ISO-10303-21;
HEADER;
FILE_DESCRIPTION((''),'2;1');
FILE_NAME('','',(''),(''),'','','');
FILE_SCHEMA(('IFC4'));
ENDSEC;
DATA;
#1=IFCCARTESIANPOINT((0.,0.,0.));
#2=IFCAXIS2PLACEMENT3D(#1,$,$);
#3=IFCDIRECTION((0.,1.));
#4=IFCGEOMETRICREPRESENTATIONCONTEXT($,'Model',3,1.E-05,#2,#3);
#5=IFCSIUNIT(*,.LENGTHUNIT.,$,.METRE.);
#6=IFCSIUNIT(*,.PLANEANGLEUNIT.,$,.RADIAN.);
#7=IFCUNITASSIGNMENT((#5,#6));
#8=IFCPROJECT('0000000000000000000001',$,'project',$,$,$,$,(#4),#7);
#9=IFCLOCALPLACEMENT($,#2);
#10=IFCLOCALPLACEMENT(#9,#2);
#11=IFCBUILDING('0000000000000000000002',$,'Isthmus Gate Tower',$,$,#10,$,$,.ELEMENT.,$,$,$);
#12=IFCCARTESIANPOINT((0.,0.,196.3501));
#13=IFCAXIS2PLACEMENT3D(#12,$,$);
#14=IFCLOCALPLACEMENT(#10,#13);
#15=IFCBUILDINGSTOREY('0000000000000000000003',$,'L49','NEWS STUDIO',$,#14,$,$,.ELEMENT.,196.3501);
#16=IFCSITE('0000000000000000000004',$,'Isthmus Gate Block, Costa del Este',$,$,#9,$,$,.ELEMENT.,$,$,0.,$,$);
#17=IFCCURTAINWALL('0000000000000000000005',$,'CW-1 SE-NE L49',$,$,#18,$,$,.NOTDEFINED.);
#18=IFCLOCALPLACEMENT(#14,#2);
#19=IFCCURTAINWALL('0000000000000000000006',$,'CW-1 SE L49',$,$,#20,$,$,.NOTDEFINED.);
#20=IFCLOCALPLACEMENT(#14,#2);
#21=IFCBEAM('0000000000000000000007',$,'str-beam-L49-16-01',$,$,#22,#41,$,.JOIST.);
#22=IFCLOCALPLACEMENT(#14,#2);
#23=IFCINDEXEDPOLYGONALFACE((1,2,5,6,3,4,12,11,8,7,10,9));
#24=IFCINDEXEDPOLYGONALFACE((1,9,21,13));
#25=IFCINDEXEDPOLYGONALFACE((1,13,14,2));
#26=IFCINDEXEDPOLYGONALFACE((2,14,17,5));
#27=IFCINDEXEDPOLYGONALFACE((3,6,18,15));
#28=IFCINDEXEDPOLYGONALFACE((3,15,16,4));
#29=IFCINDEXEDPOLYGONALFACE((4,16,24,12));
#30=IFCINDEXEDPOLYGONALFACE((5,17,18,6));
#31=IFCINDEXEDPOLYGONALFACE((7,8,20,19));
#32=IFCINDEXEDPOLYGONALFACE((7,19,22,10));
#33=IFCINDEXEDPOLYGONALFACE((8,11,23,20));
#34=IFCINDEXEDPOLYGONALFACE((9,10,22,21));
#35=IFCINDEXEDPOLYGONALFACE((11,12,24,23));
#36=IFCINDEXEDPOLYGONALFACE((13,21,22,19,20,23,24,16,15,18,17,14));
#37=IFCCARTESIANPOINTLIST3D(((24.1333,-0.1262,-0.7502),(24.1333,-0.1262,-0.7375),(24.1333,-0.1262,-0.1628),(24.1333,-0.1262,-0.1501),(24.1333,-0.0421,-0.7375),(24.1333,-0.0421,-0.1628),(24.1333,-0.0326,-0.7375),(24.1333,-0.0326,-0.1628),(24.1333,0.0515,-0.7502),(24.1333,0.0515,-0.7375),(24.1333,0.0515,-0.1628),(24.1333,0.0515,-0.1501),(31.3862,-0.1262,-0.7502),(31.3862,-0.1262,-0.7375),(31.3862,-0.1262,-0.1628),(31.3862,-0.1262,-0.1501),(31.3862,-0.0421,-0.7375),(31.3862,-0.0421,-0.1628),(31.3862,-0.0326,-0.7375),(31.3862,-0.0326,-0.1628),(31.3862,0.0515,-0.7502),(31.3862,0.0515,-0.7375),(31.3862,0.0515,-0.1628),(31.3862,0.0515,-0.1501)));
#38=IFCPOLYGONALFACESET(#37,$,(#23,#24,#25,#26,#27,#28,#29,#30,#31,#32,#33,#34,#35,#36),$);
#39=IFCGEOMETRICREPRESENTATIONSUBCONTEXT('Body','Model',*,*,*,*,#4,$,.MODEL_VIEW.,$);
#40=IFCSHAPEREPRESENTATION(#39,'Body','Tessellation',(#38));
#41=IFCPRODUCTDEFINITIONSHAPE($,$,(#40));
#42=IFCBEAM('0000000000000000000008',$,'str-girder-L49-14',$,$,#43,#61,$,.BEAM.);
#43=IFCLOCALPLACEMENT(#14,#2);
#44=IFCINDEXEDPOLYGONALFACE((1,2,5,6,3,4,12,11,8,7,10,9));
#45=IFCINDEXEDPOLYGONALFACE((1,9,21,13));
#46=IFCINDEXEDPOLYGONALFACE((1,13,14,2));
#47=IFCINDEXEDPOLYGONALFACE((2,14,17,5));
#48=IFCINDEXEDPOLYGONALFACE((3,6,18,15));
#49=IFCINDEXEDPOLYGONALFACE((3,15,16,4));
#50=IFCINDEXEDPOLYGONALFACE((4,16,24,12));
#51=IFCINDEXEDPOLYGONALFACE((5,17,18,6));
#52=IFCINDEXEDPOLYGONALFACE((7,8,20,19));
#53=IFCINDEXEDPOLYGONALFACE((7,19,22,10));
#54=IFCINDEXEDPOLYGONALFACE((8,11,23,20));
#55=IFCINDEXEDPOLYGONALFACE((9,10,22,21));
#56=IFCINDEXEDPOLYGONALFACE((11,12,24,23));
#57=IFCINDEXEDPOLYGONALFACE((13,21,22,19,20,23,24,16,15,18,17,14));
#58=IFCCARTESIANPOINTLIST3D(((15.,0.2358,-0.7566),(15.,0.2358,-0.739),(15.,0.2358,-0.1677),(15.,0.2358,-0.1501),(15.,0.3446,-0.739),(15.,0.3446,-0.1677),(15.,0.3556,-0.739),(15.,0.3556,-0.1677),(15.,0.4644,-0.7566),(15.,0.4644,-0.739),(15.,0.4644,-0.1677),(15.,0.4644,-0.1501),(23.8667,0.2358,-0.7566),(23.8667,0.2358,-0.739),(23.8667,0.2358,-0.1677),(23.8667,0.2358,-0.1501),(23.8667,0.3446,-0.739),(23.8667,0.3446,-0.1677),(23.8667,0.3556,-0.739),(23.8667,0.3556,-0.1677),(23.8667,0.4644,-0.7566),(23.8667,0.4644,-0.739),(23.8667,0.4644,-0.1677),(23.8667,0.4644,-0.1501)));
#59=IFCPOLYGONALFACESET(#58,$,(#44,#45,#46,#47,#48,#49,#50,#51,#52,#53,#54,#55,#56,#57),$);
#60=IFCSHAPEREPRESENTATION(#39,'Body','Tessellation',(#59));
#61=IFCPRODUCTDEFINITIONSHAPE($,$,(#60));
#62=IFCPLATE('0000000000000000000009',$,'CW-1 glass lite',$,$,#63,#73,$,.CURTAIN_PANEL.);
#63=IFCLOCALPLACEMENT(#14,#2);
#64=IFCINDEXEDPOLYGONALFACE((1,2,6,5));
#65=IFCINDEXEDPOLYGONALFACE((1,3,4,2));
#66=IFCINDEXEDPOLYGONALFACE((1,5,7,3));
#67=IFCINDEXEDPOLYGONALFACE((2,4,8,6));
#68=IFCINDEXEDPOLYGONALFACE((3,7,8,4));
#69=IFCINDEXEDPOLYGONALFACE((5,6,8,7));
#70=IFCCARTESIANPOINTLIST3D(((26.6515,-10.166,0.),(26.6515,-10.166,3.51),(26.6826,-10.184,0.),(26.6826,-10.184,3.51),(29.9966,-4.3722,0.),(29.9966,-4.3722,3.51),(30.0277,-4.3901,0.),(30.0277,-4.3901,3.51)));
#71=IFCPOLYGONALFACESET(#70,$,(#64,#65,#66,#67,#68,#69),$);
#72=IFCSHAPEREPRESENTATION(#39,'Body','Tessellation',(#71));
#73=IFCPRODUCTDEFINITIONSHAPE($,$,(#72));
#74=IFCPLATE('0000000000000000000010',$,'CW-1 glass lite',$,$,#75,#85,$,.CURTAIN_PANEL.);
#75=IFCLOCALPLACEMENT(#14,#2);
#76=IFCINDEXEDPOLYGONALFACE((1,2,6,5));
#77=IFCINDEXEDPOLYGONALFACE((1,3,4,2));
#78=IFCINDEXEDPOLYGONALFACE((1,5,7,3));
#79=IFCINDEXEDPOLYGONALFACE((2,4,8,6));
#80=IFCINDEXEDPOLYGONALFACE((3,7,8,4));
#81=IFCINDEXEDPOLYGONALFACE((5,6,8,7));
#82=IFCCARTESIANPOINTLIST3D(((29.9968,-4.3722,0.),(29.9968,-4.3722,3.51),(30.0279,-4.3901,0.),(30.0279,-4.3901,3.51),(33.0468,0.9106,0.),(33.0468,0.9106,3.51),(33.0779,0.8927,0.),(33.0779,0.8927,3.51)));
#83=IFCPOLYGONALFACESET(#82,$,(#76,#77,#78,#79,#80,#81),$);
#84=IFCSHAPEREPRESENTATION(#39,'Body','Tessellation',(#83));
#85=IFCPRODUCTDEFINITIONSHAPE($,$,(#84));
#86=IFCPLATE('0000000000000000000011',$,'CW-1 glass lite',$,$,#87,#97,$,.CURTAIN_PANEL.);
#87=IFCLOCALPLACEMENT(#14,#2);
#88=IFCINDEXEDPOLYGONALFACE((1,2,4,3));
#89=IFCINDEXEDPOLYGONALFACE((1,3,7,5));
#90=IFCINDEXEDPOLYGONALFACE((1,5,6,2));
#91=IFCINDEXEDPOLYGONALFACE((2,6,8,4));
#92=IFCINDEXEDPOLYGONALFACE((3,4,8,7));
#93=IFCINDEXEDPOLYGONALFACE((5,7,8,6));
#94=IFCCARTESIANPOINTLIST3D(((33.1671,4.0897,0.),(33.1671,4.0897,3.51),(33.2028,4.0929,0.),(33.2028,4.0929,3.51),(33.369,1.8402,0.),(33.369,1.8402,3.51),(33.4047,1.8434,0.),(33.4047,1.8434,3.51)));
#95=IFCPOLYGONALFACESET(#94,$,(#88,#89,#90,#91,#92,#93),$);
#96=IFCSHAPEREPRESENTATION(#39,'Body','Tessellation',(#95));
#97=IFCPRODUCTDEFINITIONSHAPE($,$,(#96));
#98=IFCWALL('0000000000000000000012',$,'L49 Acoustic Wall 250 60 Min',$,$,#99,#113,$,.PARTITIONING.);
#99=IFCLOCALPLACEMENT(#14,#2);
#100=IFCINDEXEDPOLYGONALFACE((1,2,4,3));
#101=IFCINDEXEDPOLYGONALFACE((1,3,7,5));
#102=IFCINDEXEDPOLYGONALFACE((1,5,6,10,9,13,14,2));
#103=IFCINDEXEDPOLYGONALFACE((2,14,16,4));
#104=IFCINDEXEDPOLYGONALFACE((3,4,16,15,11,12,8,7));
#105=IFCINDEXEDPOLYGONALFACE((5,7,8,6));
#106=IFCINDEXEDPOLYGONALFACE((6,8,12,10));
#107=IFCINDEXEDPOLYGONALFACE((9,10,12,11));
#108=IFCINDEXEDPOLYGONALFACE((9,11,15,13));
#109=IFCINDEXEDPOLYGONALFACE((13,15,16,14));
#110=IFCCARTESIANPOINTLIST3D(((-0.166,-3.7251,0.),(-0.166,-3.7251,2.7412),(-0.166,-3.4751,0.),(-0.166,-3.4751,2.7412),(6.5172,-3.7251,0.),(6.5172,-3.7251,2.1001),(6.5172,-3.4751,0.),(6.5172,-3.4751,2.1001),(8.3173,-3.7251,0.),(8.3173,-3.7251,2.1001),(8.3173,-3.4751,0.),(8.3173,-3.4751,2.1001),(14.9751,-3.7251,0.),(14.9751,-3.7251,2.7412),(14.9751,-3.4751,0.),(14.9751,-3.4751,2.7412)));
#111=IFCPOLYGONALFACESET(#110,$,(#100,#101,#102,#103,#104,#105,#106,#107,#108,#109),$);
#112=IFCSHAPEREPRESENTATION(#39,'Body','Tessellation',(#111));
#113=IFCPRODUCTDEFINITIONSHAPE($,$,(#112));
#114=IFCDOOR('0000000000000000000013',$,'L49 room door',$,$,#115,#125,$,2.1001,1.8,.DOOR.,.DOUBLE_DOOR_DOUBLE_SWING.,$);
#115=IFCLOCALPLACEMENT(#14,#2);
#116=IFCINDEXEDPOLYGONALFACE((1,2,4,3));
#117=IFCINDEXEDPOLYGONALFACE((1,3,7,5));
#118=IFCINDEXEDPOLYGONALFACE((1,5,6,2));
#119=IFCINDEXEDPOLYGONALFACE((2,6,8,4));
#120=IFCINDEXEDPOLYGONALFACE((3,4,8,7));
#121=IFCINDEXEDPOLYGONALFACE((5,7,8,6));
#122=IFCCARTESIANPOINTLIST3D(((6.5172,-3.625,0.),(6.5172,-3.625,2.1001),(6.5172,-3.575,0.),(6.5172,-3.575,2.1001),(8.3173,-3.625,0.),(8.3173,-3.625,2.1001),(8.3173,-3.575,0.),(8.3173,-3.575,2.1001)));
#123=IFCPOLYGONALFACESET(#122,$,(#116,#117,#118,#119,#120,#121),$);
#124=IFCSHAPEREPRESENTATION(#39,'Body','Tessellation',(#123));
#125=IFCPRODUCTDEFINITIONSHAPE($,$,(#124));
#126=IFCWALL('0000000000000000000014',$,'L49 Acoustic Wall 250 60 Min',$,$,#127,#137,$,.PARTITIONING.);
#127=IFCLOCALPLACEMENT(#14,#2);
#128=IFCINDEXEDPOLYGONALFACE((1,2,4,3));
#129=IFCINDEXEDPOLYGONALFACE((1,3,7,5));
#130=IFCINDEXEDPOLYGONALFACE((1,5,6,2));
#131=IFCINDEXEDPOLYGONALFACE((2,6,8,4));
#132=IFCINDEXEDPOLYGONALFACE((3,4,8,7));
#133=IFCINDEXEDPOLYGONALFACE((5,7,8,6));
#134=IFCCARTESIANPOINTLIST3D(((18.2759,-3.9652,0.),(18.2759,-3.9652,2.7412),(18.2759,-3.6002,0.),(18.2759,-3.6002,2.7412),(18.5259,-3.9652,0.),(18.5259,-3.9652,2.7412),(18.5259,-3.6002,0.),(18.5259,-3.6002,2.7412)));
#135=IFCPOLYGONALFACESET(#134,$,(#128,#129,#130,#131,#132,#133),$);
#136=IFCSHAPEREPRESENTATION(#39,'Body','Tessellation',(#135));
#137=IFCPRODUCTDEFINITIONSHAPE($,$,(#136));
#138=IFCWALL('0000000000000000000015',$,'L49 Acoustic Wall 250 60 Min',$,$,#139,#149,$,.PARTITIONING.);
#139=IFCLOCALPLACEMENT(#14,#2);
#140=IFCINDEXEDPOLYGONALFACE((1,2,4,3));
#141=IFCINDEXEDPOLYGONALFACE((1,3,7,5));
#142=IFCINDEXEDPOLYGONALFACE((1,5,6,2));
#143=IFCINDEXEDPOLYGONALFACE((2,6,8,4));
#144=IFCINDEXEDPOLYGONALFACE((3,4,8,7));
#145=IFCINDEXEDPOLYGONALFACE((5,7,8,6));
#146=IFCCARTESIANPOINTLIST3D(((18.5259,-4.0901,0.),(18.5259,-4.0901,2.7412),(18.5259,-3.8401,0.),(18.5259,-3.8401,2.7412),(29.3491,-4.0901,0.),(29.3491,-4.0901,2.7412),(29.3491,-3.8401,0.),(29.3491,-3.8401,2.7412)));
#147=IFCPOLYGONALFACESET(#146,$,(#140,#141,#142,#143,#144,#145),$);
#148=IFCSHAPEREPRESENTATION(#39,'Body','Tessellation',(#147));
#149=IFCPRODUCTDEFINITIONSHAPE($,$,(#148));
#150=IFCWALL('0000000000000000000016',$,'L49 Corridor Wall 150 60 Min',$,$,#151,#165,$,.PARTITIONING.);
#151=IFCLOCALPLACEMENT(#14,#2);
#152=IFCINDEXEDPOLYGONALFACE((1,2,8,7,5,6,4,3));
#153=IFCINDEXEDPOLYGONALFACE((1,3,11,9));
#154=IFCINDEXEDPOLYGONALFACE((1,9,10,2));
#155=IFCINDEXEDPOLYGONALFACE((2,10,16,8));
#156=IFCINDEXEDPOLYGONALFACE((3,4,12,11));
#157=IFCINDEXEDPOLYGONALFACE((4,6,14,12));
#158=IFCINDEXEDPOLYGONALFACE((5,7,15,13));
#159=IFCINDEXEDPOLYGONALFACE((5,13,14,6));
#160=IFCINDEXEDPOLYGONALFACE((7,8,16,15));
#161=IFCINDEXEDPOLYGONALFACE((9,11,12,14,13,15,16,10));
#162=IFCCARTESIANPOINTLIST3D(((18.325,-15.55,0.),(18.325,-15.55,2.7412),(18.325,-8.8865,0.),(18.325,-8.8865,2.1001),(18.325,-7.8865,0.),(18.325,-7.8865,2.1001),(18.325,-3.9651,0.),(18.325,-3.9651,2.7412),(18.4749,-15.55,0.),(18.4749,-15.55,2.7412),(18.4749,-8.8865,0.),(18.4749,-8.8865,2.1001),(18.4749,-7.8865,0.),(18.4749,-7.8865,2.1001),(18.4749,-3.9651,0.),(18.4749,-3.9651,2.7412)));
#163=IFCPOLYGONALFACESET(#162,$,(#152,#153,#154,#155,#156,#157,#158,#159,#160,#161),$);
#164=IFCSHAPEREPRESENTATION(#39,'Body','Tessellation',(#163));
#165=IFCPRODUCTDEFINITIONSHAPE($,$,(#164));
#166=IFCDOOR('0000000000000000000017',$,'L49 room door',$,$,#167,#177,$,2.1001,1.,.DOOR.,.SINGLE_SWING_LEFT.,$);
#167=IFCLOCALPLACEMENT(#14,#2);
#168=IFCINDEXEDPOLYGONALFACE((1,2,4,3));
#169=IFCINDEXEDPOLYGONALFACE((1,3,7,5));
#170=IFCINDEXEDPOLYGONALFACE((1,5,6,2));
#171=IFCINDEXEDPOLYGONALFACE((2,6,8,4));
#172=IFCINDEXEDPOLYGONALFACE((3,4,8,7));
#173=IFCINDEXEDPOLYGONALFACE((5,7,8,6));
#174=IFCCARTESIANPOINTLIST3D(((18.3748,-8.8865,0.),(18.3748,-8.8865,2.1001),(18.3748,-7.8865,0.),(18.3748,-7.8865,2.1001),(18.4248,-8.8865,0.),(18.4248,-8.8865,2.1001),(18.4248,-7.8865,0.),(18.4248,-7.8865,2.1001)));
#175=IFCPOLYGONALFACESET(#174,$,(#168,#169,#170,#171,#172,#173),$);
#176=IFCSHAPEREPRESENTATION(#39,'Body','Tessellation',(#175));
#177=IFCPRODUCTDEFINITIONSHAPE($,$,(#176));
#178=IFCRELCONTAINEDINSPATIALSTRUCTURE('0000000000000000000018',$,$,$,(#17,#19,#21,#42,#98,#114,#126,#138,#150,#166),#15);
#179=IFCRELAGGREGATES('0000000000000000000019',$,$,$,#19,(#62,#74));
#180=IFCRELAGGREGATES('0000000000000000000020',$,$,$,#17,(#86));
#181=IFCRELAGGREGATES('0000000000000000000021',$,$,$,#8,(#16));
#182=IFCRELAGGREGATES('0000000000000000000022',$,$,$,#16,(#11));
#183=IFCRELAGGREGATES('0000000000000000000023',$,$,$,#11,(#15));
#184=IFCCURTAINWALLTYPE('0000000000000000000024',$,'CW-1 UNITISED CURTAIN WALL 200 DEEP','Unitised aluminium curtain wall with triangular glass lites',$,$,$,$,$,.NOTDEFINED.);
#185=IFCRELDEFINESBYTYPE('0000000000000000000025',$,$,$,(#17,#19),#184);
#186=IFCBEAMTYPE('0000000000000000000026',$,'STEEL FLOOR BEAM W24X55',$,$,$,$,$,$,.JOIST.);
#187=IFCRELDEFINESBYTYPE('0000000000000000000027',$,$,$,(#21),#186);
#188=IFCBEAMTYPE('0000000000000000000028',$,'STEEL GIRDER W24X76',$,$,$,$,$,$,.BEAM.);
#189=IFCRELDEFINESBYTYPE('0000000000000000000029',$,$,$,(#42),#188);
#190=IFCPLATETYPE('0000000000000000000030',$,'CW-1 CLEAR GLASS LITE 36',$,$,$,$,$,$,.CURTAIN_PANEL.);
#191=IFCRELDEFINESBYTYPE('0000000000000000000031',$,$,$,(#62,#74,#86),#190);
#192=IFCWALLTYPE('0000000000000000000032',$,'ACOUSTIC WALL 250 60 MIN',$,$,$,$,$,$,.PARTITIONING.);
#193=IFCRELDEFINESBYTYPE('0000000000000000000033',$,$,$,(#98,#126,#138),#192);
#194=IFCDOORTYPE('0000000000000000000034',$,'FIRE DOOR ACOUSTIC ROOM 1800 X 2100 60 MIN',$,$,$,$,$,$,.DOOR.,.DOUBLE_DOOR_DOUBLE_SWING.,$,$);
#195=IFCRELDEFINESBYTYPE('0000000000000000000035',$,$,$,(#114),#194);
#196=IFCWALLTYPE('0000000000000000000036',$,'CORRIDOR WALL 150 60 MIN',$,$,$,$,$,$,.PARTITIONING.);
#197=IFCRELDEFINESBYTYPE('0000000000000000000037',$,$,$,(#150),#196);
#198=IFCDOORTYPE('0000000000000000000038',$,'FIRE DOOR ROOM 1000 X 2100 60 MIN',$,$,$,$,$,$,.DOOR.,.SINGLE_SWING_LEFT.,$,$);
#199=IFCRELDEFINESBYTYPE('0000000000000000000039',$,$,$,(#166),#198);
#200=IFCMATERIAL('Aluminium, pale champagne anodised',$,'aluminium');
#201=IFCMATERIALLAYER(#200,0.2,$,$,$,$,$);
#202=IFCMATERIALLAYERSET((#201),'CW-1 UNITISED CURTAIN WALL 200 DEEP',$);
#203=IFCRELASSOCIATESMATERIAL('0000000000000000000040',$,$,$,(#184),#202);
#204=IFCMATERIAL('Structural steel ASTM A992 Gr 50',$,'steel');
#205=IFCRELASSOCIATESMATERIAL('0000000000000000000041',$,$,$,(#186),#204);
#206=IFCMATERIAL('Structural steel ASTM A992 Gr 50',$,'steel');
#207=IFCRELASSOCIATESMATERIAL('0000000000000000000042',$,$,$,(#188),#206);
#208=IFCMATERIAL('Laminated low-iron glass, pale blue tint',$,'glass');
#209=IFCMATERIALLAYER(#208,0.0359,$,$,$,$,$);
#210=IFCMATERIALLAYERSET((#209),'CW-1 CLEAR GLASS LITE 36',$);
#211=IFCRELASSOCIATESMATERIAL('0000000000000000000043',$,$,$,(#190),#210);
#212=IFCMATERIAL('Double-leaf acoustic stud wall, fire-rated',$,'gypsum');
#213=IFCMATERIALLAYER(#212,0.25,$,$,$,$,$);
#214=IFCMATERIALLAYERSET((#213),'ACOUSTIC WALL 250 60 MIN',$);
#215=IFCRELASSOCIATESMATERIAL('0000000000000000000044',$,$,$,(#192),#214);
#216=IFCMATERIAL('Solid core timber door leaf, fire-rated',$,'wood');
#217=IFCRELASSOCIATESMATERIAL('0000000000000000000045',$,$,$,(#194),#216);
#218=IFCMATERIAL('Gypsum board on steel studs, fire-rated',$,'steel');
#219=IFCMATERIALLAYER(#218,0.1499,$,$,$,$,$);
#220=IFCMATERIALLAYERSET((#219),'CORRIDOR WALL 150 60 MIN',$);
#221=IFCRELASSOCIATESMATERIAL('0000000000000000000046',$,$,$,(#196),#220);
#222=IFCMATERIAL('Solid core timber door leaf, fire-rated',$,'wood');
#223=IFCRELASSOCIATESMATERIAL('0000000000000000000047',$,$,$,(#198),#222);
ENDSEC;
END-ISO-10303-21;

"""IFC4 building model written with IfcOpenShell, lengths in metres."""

from ifc_helpers import new_model, si_unit, direction, frame, frame_2d, origin, origin_2d, place, context, subcontext, project, spatial, rectangle, i_section, extrude, material, layer, layer_set, material_profile, profile_set, type_object, element, fill, aggregate, save


model = new_model("IFC4")

# Units and contexts
model_context = context("Model", 3, precision=1e-05, world=origin(), true_north=direction((0.0, 1.0)))
body_context = subcontext(model_context, "Body", "Model", "MODEL_VIEW")
ifc_project = project(units=[si_unit("LENGTHUNIT", "METRE"), si_unit("PLANEANGLEUNIT", "RADIAN")], contexts=[model_context])

# Site, building, storey
site_placement = place(None, origin())
site = spatial("IfcSite", under=ifc_project, at=site_placement, Name="Isthmus Gate Block, Costa del Este", CompositionType="ELEMENT", RefElevation=0.0)
building_placement = place(site_placement, origin())
building = spatial("IfcBuilding", under=site, at=building_placement, Name="Isthmus Gate Tower", CompositionType="ELEMENT")
storey_placement = place(building_placement, frame((0.0, 0.0, 196.3501)))
storey = spatial("IfcBuildingStorey", under=building, at=storey_placement, Name="L49", Description="NEWS STUDIO", CompositionType="ELEMENT", Elevation=196.3501)

# Curtain walls
ifc_material_1 = material(Name="Aluminium, pale champagne anodised", Category="aluminium")
ifc_layer_1 = layer(ifc_material_1, 0.2)
ifc_layer_set_1 = layer_set([ifc_layer_1], Name="CW-1 UNITISED CURTAIN WALL 200 DEEP")
curtain_wall_type = type_object("IfcCurtainWallType", Name="CW-1 UNITISED CURTAIN WALL 200 DEEP", Description="Unitised aluminium curtain wall with triangular glass lites", PredefinedType="NOTDEFINED", material=ifc_layer_set_1)
curtain_wall_1_placement = place(storey_placement, origin())
curtain_wall_1 = element("IfcCurtainWall", 1, at=curtain_wall_1_placement, inside=storey, type_object=curtain_wall_type, Name="CW-1 SE-NE L49", PredefinedType="NOTDEFINED")
curtain_wall_2_placement = place(storey_placement, origin())
curtain_wall_2 = element("IfcCurtainWall", 2, at=curtain_wall_2_placement, inside=storey, type_object=curtain_wall_type, Name="CW-1 SE L49", PredefinedType="NOTDEFINED")

# Beams
ifc_material_2 = material(Name="Structural steel ASTM A992 Gr 50", Category="steel")
ifc_material_profile_1 = material_profile(ifc_material_2, i_section(OverallWidth=0.1777, OverallDepth=0.6001, WebThickness=0.0095, FlangeThickness=0.0127, at=origin_2d()), Name="W24X55")
ifc_profile_set_1 = profile_set([ifc_material_profile_1], Name="Structural steel ASTM A992 Gr 50")
beam_type_1 = type_object("IfcBeamType", Name="STEEL FLOOR BEAM W24X55", PredefinedType="JOIST", material=ifc_profile_set_1)
beam_1_placement = place(storey_placement, frame((24.1333, -0.0374, -0.4502), z_axis=(1.0, 0.0, 0.0), x_axis=(0.0, 1.0, 0.0)))
element("IfcBeam", 3, at=beam_1_placement, inside=storey, type_object=beam_type_1, Name="str-beam-L49-16-01", PredefinedType="JOIST", context=body_context, shape_type="SweptSolid", body=[
    extrude(i_section(OverallWidth=0.1777, OverallDepth=0.6001, WebThickness=0.0095, FlangeThickness=0.0127, at=origin_2d()), origin(), (0.0, 0.0, 1.0), 7.2529),
])
ifc_material_3 = material(Name="Structural steel ASTM A992 Gr 50", Category="steel")
ifc_material_profile_2 = material_profile(ifc_material_3, i_section(OverallWidth=0.2285, OverallDepth=0.6064, WebThickness=0.011, FlangeThickness=0.0176, at=origin_2d()), Name="W24X76")
ifc_profile_set_2 = profile_set([ifc_material_profile_2], Name="Structural steel ASTM A992 Gr 50")
beam_type_2 = type_object("IfcBeamType", Name="STEEL GIRDER W24X76", PredefinedType="BEAM", material=ifc_profile_set_2)
beam_2_placement = place(storey_placement, frame((15.0, 0.3501, -0.4534), z_axis=(1.0, 0.0, 0.0), x_axis=(0.0, 1.0, 0.0)))
element("IfcBeam", 4, at=beam_2_placement, inside=storey, type_object=beam_type_2, Name="str-girder-L49-14", PredefinedType="BEAM", context=body_context, shape_type="SweptSolid", body=[
    extrude(i_section(OverallWidth=0.2285, OverallDepth=0.6064, WebThickness=0.011, FlangeThickness=0.0176, at=origin_2d()), origin(), (0.0, 0.0, 1.0), 8.8667),
])

# Plates
ifc_material_4 = material(Name="Laminated low-iron glass, pale blue tint", Category="glass")
ifc_layer_2 = layer(ifc_material_4, 0.0359)
ifc_layer_set_2 = layer_set([ifc_layer_2], Name="CW-1 CLEAR GLASS LITE 36")
plate_type = type_object("IfcPlateType", Name="CW-1 CLEAR GLASS LITE 36", PredefinedType="CURTAIN_PANEL", material=ifc_layer_set_2)
plate_1_placement = place(storey_placement, frame((28.3396, -7.2781, 0.0), z_axis=(0.0, 0.0, 1.0), x_axis=(0.5, 0.866025, 0.0)))
plate_1 = element("IfcPlate", 5, at=plate_1_placement, type_object=plate_type, Name="CW-1 glass lite", PredefinedType="CURTAIN_PANEL", context=body_context, shape_type="SweptSolid", body=[
    extrude(rectangle(XDim=6.6902, YDim=0.0359, at=origin_2d()), origin(), (0.0, 0.0, 1.0), 3.51),
])
plate_2_placement = place(storey_placement, frame((31.5374, -1.7397, 0.0), z_axis=(0.0, 0.0, 1.0), x_axis=(0.5, 0.866025, 0.0)))
plate_2 = element("IfcPlate", 6, at=plate_2_placement, type_object=plate_type, Name="CW-1 glass lite", PredefinedType="CURTAIN_PANEL", context=body_context, shape_type="SweptSolid", body=[
    extrude(rectangle(XDim=6.1001, YDim=0.0359, at=origin_2d()), origin(), (0.0, 0.0, 1.0), 3.51),
])
aggregate(curtain_wall_2, [plate_1, plate_2])
plate_3_placement = place(storey_placement, frame((33.2859, 2.9666, 0.0), z_axis=(0.0, 0.0, 1.0), x_axis=(-0.089397, 0.995996, 0.0)))
plate_3 = element("IfcPlate", 7, at=plate_3_placement, type_object=plate_type, Name="CW-1 glass lite", PredefinedType="CURTAIN_PANEL", context=body_context, shape_type="SweptSolid", body=[
    extrude(rectangle(XDim=2.2585, YDim=0.0359, at=origin_2d()), origin(), (0.0, 0.0, 1.0), 3.51),
])
aggregate(curtain_wall_1, [plate_3])

# Wall, opening, door
ifc_material_5 = material(Name="Double-leaf acoustic stud wall, fire-rated", Category="gypsum")
ifc_layer_3 = layer(ifc_material_5, 0.25)
ifc_layer_set_3 = layer_set([ifc_layer_3], Name="ACOUSTIC WALL 250 60 MIN")
wall_type_1 = type_object("IfcWallType", Name="ACOUSTIC WALL 250 60 MIN", PredefinedType="PARTITIONING", material=ifc_layer_set_3)
wall_1_placement = place(storey_placement, frame((14.9751, -3.6001, 0.0), z_axis=(0.0, 0.0, 1.0), x_axis=(-1.0, 0.0, 0.0)))
wall_1 = element("IfcWall", 8, at=wall_1_placement, inside=storey, type_object=wall_type_1, Name="L49 Acoustic Wall 250 60 Min", PredefinedType="PARTITIONING", context=body_context, shape_type="SweptSolid", body=[
    extrude(rectangle(XDim=15.1411, YDim=0.25, at=frame_2d((7.5706, 0.0))), origin(), (0.0, 0.0, 1.0), 2.7412),
])
opening_1_placement = place(wall_1_placement, frame((6.658, 0.0, 0.0)))
opening_1 = element("IfcOpeningElement", 9, at=opening_1_placement, cuts=wall_1, PredefinedType="OPENING", context=body_context, shape_type="SweptSolid", body=[
    extrude(rectangle(XDim=1.8, YDim=2.1001, at=frame_2d((0.8999, 1.05))), frame((0.0, 0.135, 0.0), z_axis=(0.0, -1.0, 0.0), x_axis=(1.0, 0.0, 0.0)), (0.0, 0.0, 1.0), 0.27),
])
ifc_material_6 = material(Name="Solid core timber door leaf, fire-rated", Category="wood")
door_type_1 = type_object("IfcDoorType", Name="FIRE DOOR ACOUSTIC ROOM 1800 X 2100 60 MIN", OperationType="DOUBLE_DOOR_DOUBLE_SWING", PredefinedType="DOOR", material=ifc_material_6)
door_1_placement = place(opening_1_placement, origin())
door_1 = element("IfcDoor", 10, at=door_1_placement, inside=storey, type_object=door_type_1, Name="L49 room door", OperationType="DOUBLE_DOOR_DOUBLE_SWING", OverallHeight=2.1001, OverallWidth=1.8, PredefinedType="DOOR", context=body_context, shape_type="SweptSolid", body=[
    extrude(rectangle(XDim=1.8, YDim=2.1001, at=frame_2d((0.8999, 1.05))), frame((0.0, 0.0249, 0.0), z_axis=(0.0, -1.0, 0.0), x_axis=(1.0, 0.0, 0.0)), (0.0, 0.0, 1.0), 0.05),
])
fill(opening_1, door_1)

# Walls
wall_2_placement = place(storey_placement, frame((18.4009, -3.6001, 0.0), z_axis=(0.0, 0.0, 1.0), x_axis=(0.0, -1.0, 0.0)))
element("IfcWall", 11, at=wall_2_placement, inside=storey, type_object=wall_type_1, Name="L49 Acoustic Wall 250 60 Min", PredefinedType="PARTITIONING", context=body_context, shape_type="SweptSolid", body=[
    extrude(rectangle(XDim=0.365, YDim=0.25, at=frame_2d((0.1826, 0.0))), origin(), (0.0, 0.0, 1.0), 2.7412),
])
wall_3_placement = place(storey_placement, frame((18.5259, -3.9651, 0.0), z_axis=(0.0, 0.0, 1.0), x_axis=(1.0, 0.0, 0.0)))
element("IfcWall", 12, at=wall_3_placement, inside=storey, type_object=wall_type_1, Name="L49 Acoustic Wall 250 60 Min", PredefinedType="PARTITIONING", context=body_context, shape_type="SweptSolid", body=[
    extrude(rectangle(XDim=10.8232, YDim=0.25, at=frame_2d((5.4116, 0.0))), origin(), (0.0, 0.0, 1.0), 2.7412),
])

# Wall, opening, door
ifc_material_7 = material(Name="Gypsum board on steel studs, fire-rated", Category="steel")
ifc_layer_4 = layer(ifc_material_7, 0.1499)
ifc_layer_set_4 = layer_set([ifc_layer_4], Name="CORRIDOR WALL 150 60 MIN")
wall_type_2 = type_object("IfcWallType", Name="CORRIDOR WALL 150 60 MIN", PredefinedType="PARTITIONING", material=ifc_layer_set_4)
wall_4_placement = place(storey_placement, frame((18.3999, -3.9651, 0.0), z_axis=(0.0, 0.0, 1.0), x_axis=(0.0, -1.0, 0.0)))
wall_4 = element("IfcWall", 13, at=wall_4_placement, inside=storey, type_object=wall_type_2, Name="L49 Corridor Wall 150 60 Min", PredefinedType="PARTITIONING", context=body_context, shape_type="SweptSolid", body=[
    extrude(rectangle(XDim=11.585, YDim=0.1499, at=frame_2d((5.7925, 0.0))), origin(), (0.0, 0.0, 1.0), 2.7412),
])
opening_2_placement = place(wall_4_placement, frame((3.9214, 0.0, 0.0)))
opening_2 = element("IfcOpeningElement", 14, at=opening_2_placement, cuts=wall_4, PredefinedType="OPENING", context=body_context, shape_type="SweptSolid", body=[
    extrude(rectangle(XDim=1.0, YDim=2.1001, at=frame_2d((0.5, 1.05))), frame((0.0, 0.085, 0.0), z_axis=(0.0, -1.0, 0.0), x_axis=(1.0, 0.0, 0.0)), (0.0, 0.0, 1.0), 0.1699),
])
ifc_material_8 = material(Name="Solid core timber door leaf, fire-rated", Category="wood")
door_type_2 = type_object("IfcDoorType", Name="FIRE DOOR ROOM 1000 X 2100 60 MIN", OperationType="SINGLE_SWING_LEFT", PredefinedType="DOOR", material=ifc_material_8)
door_2_placement = place(opening_2_placement, origin())
door_2 = element("IfcDoor", 15, at=door_2_placement, inside=storey, type_object=door_type_2, Name="L49 room door", OperationType="SINGLE_SWING_LEFT", OverallHeight=2.1001, OverallWidth=1.0, PredefinedType="DOOR", context=body_context, shape_type="SweptSolid", body=[
    extrude(rectangle(XDim=1.0, YDim=2.1001, at=frame_2d((0.5, 1.05))), frame((0.0, 0.0249, 0.0), z_axis=(0.0, -1.0, 0.0), x_axis=(1.0, 0.0, 0.0)), (0.0, 0.0, 1.0), 0.05),
])
fill(opening_2, door_2)

save(model, "model.ifc")
